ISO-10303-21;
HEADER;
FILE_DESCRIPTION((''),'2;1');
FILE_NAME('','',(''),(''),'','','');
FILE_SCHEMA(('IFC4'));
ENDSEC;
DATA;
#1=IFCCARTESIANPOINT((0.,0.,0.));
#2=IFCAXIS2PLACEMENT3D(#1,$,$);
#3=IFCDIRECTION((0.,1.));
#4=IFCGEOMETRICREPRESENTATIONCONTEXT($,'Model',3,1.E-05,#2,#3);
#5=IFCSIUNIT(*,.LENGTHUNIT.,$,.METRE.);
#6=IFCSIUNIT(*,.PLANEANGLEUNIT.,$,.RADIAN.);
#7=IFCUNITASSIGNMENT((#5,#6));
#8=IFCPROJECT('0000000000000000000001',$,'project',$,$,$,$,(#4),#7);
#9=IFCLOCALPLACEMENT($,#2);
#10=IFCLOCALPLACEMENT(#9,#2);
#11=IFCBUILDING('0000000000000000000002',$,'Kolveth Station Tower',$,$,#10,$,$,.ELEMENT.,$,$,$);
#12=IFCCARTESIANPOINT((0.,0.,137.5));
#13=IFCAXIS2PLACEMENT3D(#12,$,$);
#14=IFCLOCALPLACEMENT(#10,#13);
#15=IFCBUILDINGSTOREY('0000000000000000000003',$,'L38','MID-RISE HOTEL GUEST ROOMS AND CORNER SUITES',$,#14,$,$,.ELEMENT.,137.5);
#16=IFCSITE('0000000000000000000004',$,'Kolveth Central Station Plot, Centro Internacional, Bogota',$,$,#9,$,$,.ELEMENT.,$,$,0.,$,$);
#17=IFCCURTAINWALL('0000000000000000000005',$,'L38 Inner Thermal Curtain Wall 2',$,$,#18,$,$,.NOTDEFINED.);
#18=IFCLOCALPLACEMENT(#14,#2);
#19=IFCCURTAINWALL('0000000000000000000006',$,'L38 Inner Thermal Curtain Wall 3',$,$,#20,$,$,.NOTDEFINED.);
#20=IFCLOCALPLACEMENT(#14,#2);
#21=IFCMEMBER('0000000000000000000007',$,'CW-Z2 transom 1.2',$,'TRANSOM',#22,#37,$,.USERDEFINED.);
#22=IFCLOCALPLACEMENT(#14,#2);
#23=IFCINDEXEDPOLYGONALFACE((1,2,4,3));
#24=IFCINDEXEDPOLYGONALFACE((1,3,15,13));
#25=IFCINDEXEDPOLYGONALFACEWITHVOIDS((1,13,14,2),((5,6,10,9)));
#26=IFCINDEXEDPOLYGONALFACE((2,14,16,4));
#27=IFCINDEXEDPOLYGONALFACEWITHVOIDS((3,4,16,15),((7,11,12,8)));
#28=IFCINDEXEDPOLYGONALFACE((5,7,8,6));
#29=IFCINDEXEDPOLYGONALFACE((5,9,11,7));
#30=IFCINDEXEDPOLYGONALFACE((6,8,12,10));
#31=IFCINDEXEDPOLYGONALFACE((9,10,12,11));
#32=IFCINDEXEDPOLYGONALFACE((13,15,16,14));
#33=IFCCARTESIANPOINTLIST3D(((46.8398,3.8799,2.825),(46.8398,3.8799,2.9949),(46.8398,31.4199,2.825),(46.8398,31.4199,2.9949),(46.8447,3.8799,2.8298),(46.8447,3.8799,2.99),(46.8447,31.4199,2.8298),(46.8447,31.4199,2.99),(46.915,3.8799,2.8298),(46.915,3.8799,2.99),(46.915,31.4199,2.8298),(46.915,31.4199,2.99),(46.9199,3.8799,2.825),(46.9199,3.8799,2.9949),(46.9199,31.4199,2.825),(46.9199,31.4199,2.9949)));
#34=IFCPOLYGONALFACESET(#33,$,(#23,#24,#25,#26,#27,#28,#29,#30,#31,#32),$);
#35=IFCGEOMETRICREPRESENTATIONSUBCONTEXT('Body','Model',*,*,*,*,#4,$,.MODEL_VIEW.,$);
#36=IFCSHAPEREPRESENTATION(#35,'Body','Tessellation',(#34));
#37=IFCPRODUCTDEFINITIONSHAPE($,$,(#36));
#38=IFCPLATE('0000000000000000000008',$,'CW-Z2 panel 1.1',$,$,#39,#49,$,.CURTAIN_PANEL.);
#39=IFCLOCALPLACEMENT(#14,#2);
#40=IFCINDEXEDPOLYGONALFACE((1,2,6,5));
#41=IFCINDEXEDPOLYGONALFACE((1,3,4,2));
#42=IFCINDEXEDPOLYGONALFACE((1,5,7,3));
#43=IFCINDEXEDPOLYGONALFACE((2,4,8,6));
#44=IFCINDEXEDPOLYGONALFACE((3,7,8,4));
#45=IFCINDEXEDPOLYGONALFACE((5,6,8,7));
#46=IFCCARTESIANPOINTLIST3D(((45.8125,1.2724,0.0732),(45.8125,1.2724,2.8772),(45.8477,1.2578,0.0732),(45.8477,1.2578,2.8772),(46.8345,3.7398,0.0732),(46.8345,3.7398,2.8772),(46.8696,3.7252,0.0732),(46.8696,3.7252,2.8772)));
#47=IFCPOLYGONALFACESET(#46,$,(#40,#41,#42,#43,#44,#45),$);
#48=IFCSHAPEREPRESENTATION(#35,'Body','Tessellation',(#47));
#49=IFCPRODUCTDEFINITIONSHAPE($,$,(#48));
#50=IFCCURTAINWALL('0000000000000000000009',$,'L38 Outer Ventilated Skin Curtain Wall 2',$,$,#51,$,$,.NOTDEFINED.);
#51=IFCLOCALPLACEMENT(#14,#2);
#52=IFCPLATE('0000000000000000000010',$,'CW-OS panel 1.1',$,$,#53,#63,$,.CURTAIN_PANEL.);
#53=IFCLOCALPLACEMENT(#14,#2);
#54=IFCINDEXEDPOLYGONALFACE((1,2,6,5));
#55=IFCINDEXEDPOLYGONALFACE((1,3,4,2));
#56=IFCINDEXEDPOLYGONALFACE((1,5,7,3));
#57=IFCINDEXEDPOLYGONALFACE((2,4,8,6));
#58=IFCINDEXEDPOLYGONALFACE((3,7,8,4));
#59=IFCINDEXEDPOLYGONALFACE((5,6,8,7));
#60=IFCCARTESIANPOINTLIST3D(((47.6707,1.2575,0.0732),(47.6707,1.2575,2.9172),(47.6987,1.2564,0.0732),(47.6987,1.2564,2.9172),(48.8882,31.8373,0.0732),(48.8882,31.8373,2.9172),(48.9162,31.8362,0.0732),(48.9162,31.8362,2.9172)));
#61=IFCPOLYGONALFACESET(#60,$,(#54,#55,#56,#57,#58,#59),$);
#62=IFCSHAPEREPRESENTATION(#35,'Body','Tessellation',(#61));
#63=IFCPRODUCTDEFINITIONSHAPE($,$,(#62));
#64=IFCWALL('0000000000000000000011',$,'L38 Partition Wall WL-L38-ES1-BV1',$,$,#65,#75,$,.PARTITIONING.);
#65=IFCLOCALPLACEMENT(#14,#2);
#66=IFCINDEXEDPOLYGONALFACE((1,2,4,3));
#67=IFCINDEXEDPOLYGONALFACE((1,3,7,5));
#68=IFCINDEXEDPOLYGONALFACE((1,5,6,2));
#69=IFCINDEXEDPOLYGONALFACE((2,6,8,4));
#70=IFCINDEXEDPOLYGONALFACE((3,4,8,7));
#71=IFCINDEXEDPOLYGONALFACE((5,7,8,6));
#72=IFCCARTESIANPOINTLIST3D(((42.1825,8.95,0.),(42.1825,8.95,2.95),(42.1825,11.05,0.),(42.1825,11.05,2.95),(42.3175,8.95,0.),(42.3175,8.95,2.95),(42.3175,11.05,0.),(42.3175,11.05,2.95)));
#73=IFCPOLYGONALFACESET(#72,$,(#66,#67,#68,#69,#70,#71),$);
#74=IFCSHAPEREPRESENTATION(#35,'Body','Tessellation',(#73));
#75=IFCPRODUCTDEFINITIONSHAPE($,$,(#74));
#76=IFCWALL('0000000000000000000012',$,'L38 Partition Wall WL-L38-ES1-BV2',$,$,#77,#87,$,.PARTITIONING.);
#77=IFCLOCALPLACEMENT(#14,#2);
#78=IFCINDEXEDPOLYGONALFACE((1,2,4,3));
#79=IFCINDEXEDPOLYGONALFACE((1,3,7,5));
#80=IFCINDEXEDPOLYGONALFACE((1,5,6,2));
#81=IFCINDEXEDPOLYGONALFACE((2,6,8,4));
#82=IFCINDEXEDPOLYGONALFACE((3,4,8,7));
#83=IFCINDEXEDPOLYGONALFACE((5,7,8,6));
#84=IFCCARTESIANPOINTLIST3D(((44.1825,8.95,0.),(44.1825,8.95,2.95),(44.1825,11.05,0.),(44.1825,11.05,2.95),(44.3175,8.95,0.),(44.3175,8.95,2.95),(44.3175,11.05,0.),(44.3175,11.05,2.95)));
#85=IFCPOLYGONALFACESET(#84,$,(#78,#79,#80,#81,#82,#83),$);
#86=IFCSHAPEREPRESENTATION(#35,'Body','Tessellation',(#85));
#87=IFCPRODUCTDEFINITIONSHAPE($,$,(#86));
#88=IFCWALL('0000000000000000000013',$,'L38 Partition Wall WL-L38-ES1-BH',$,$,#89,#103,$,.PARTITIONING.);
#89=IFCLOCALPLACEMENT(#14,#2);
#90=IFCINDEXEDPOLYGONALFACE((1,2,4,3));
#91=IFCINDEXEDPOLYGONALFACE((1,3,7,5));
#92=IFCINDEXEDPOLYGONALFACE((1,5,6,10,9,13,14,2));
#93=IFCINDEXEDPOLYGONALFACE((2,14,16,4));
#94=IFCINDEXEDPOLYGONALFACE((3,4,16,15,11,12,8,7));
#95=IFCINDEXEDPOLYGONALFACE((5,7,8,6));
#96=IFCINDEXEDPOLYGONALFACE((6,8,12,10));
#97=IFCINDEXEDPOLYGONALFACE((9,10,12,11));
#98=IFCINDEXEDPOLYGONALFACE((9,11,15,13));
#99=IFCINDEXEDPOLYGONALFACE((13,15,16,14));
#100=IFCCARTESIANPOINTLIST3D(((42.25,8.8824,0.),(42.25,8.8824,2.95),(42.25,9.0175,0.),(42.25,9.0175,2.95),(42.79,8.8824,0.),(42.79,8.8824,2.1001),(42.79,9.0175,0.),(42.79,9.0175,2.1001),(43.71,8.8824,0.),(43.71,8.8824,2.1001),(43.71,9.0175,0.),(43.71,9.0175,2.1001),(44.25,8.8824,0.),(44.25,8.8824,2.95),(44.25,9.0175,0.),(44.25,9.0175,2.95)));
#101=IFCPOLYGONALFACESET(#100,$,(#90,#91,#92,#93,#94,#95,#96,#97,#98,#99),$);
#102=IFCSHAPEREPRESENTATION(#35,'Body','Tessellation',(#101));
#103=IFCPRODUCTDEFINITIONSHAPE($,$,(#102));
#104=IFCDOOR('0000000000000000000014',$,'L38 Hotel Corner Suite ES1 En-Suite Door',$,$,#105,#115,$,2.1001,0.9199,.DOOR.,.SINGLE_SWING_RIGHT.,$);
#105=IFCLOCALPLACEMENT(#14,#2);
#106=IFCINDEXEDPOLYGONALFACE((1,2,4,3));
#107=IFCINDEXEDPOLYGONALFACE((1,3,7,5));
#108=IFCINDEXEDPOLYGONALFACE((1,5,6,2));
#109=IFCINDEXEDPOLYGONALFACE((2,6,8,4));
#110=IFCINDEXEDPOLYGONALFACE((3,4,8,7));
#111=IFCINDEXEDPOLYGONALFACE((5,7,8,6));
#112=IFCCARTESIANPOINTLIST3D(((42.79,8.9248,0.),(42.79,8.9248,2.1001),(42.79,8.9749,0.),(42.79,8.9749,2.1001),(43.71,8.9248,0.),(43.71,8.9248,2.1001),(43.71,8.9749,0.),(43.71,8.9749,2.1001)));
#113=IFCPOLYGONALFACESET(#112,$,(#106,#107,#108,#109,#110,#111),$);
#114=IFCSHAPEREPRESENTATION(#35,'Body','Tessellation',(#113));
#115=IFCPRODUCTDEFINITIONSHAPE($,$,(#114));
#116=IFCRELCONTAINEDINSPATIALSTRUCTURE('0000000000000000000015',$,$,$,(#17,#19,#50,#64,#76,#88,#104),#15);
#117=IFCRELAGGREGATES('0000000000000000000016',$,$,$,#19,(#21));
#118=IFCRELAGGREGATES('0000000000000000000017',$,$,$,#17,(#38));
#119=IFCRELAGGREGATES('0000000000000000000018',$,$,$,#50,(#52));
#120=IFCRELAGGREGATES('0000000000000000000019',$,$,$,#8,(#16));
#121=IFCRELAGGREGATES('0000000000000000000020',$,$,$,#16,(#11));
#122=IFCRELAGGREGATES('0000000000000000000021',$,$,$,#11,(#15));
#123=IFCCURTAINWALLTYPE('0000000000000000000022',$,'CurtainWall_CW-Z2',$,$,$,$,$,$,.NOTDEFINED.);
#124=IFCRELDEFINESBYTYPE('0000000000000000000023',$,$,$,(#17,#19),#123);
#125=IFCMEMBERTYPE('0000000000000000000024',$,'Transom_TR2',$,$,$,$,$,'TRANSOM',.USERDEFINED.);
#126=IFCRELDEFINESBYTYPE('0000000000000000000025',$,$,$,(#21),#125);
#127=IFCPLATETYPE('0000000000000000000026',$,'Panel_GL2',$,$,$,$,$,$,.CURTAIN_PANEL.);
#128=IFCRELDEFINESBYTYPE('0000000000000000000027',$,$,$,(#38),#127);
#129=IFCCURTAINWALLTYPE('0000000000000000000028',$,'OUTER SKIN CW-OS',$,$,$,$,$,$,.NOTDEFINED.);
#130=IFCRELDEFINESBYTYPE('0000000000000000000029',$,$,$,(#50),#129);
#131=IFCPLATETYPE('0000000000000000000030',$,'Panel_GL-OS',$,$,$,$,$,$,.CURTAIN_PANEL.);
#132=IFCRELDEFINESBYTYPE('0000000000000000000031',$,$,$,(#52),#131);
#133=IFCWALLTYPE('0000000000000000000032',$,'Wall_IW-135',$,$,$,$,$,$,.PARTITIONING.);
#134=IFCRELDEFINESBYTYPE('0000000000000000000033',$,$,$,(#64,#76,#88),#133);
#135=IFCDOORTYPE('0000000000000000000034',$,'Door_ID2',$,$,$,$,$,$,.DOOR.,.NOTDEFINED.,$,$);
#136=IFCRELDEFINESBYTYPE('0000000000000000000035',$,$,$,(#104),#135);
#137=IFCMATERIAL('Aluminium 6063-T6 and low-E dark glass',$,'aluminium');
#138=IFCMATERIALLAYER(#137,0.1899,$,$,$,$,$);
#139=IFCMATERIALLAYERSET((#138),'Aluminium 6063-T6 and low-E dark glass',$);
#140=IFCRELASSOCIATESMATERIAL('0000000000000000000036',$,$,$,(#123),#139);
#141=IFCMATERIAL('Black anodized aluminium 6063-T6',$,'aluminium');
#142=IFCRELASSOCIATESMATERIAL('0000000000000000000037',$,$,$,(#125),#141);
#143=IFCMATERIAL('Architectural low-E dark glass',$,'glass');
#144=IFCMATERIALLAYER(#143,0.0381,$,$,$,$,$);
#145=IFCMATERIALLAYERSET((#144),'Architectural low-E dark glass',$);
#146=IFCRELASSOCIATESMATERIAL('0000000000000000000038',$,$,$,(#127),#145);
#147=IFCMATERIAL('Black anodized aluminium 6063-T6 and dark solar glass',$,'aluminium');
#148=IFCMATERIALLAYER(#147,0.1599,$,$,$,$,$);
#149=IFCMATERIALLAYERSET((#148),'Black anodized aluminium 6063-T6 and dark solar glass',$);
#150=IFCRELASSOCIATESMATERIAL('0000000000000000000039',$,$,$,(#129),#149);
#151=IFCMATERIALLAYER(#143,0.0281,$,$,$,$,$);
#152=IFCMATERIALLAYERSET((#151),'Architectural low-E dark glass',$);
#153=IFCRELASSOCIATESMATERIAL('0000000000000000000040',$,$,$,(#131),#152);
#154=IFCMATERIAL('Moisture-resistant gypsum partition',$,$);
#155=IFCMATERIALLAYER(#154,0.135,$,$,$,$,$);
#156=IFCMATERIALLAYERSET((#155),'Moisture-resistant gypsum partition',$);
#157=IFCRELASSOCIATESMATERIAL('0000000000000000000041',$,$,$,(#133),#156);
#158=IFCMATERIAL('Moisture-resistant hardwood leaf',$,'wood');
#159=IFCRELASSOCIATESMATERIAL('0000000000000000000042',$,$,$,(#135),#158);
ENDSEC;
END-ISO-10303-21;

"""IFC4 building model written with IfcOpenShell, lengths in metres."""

from ifc_helpers import new_model, si_unit, direction, frame, frame_2d, origin, origin_2d, place, context, subcontext, project, spatial, rectangle, hollow_rectangle, extrude, source, transform, mapped, material, layer, layer_set, material_profile, profile_set, type_object, element, fill, aggregate, save


model = new_model("IFC4")

# Units and contexts
model_context = context("Model", 3, precision=1e-05, world=origin(), true_north=direction((0.0, 1.0)))
body_context = subcontext(model_context, "Body", "Model", "MODEL_VIEW")
ifc_project = project(units=[si_unit("LENGTHUNIT", "METRE"), si_unit("PLANEANGLEUNIT", "RADIAN")], contexts=[model_context])

# Site, building, storey
site_placement = place(None, origin())
site = spatial("IfcSite", under=ifc_project, at=site_placement, Name="Kolveth Central Station Plot, Centro Internacional, Bogota", CompositionType="ELEMENT", RefElevation=0.0)
building_placement = place(site_placement, origin())
building = spatial("IfcBuilding", under=site, at=building_placement, Name="Kolveth Station Tower", CompositionType="ELEMENT")
storey_placement = place(building_placement, frame((0.0, 0.0, 137.5)))
storey = spatial("IfcBuildingStorey", under=building, at=storey_placement, Name="L38", Description="MID-RISE HOTEL GUEST ROOMS AND CORNER SUITES", CompositionType="ELEMENT", Elevation=137.5)

# Curtain wall
ifc_material_1 = material(Name="Aluminium 6063-T6 and low-E dark glass", Category="aluminium")
ifc_layer_1 = layer(ifc_material_1, 0.1899)
ifc_layer_set_1 = layer_set([ifc_layer_1], Name="Aluminium 6063-T6 and low-E dark glass")
curtain_wall_type_1 = type_object("IfcCurtainWallType", Name="CurtainWall_CW-Z2", PredefinedType="NOTDEFINED", material=ifc_layer_set_1)
curtain_wall_1_placement = place(storey_placement, origin())
curtain_wall_1 = element("IfcCurtainWall", 1, at=curtain_wall_1_placement, inside=storey, type_object=curtain_wall_type_1, Name="L38 Inner Thermal Curtain Wall 2", PredefinedType="NOTDEFINED")
ifc_material_2 = material(Name="Black anodized aluminium 6063-T6", Category="aluminium")

# Curtain wall, member
curtain_wall_2_placement = place(storey_placement, origin())
curtain_wall_2 = element("IfcCurtainWall", 2, at=curtain_wall_2_placement, inside=storey, type_object=curtain_wall_type_1, Name="L38 Inner Thermal Curtain Wall 3", PredefinedType="NOTDEFINED")
ifc_material_profile_1 = material_profile(ifc_material_2, hollow_rectangle(XDim=0.0801, YDim=0.1699, WallThickness=0.0049, at=origin_2d()), Name="ALU-80x170x5")
ifc_profile_set_1 = profile_set([ifc_material_profile_1], Name="Black anodized aluminium 6063-T6")
member_type_1 = type_object("IfcMemberType", Name="Transom_TR2", ElementType="TRANSOM", PredefinedType="USERDEFINED", material=ifc_profile_set_1)
shared_shape_1 = source(origin(), body_context, "Body", "SweptSolid", [
    extrude(hollow_rectangle(XDim=0.0801, YDim=0.1699, WallThickness=0.0049, at=origin_2d()), origin(), (0.0, 0.0, 1.0), 27.54),
])
member_1_placement = place(storey_placement, frame((46.8799, 3.8799, 2.9099), z_axis=(0.0, 1.0, 0.0), x_axis=(-1.0, 0.0, 0.0)))
member_1 = element("IfcMember", 3, at=member_1_placement, type_object=member_type_1, Name="CW-Z2 transom 1.2", ObjectType="TRANSOM", PredefinedType="USERDEFINED", context=body_context, shape_type="MappedRepresentation", body=[
    mapped(shared_shape_1, transform((0.0, 0.0, 0.0), x_axis=(1.0, 0.0, 0.0), y_axis=(0.0, 1.0, 0.0), z_axis=(0.0, 0.0, 1.0), scale=1.0)),
])
aggregate(curtain_wall_2, [member_1])

# Plate
ifc_material_3 = material(Name="Architectural low-E dark glass", Category="glass")
ifc_layer_2 = layer(ifc_material_3, 0.0381)
ifc_layer_set_2 = layer_set([ifc_layer_2], Name="Architectural low-E dark glass")
plate_type_1 = type_object("IfcPlateType", Name="Panel_GL2", PredefinedType="CURTAIN_PANEL", material=ifc_layer_set_2)
shared_shape_2 = source(origin(), body_context, "Body", "SweptSolid", [
    extrude(rectangle(XDim=2.6707, YDim=0.0381, at=origin_2d()), origin(), (0.0, 0.0, 1.0), 2.804),
])
plate_1_placement = place(storey_placement, frame((46.3411, 2.4988, 0.0732), z_axis=(0.0, 0.0, 1.0), x_axis=(0.382663, 0.923888, 0.0)))
plate_1 = element("IfcPlate", 4, at=plate_1_placement, type_object=plate_type_1, Name="CW-Z2 panel 1.1", PredefinedType="CURTAIN_PANEL", context=body_context, shape_type="MappedRepresentation", body=[
    mapped(shared_shape_2, transform((0.0, 0.0, 0.0), x_axis=(1.0, 0.0, 0.0), y_axis=(0.0, 1.0, 0.0), z_axis=(0.0, 0.0, 1.0), scale=1.0)),
])
aggregate(curtain_wall_1, [plate_1])

# Curtain wall, plate
ifc_material_4 = material(Name="Black anodized aluminium 6063-T6 and dark solar glass", Category="aluminium")
ifc_layer_3 = layer(ifc_material_4, 0.1599)
ifc_layer_set_3 = layer_set([ifc_layer_3], Name="Black anodized aluminium 6063-T6 and dark solar glass")
curtain_wall_type_2 = type_object("IfcCurtainWallType", Name="OUTER SKIN CW-OS", PredefinedType="NOTDEFINED", material=ifc_layer_set_3)
curtain_wall_3_placement = place(storey_placement, origin())
curtain_wall_3 = element("IfcCurtainWall", 5, at=curtain_wall_3_placement, inside=storey, type_object=curtain_wall_type_2, Name="L38 Outer Ventilated Skin Curtain Wall 2", PredefinedType="NOTDEFINED")
ifc_layer_4 = layer(ifc_material_3, 0.0281)
ifc_layer_set_4 = layer_set([ifc_layer_4], Name="Architectural low-E dark glass")
plate_type_2 = type_object("IfcPlateType", Name="Panel_GL-OS", PredefinedType="CURTAIN_PANEL", material=ifc_layer_set_4)
shared_shape_3 = source(origin(), body_context, "Body", "SweptSolid", [
    extrude(rectangle(XDim=30.604, YDim=0.0281, at=origin_2d()), origin(), (0.0, 0.0, 1.0), 2.844),
])
plate_2_placement = place(storey_placement, frame((48.2935, 16.5469, 0.0732), z_axis=(0.0, 0.0, 1.0), x_axis=(0.039782, 0.999208, 0.0)))
plate_2 = element("IfcPlate", 6, at=plate_2_placement, type_object=plate_type_2, Name="CW-OS panel 1.1", PredefinedType="CURTAIN_PANEL", context=body_context, shape_type="MappedRepresentation", body=[
    mapped(shared_shape_3, transform((0.0, 0.0, 0.0), x_axis=(1.0, 0.0, 0.0), y_axis=(0.0, 1.0, 0.0), z_axis=(0.0, 0.0, 1.0), scale=1.0)),
])
aggregate(curtain_wall_3, [plate_2])

# Walls
ifc_material_5 = material(Name="Moisture-resistant gypsum partition")
ifc_layer_5 = layer(ifc_material_5, 0.135)
ifc_layer_set_5 = layer_set([ifc_layer_5], Name="Moisture-resistant gypsum partition")
wall_type = type_object("IfcWallType", Name="Wall_IW-135", PredefinedType="PARTITIONING", material=ifc_layer_set_5)
for number, where, z_axis, x_axis, name in (
    (7, (42.25, 8.95, 0.0), (0.0, 0.0, 1.0), (0.0, 1.0, 0.0), "L38 Partition Wall WL-L38-ES1-BV1"),
    (8, (44.25, 8.95, 0.0), (0.0, 0.0, 1.0), (0.0, 1.0, 0.0), "L38 Partition Wall WL-L38-ES1-BV2"),
):
    element("IfcWall", number, at=place(storey_placement, frame(where, z_axis=z_axis, x_axis=x_axis)), inside=storey, type_object=wall_type, Name=name, PredefinedType="PARTITIONING", context=body_context, shape_type="SweptSolid", body=[
        extrude(rectangle(XDim=2.1001, YDim=0.135, at=frame_2d((1.05, 0.0))), origin(), (0.0, 0.0, 1.0), 2.95),
    ])

# Wall, opening, door
wall_placement = place(storey_placement, frame((42.25, 8.95, 0.0), z_axis=(0.0, 0.0, 1.0), x_axis=(1.0, 0.0, 0.0)))
wall = element("IfcWall", 9, at=wall_placement, inside=storey, type_object=wall_type, Name="L38 Partition Wall WL-L38-ES1-BH", PredefinedType="PARTITIONING", context=body_context, shape_type="SweptSolid", body=[
    extrude(rectangle(XDim=2.0, YDim=0.135, at=frame_2d((1.0, 0.0))), origin(), (0.0, 0.0, 1.0), 2.95),
])
opening_placement = place(wall_placement, frame((0.54, 0.0, 0.0)))
opening = element("IfcOpeningElement", 10, at=opening_placement, cuts=wall, PredefinedType="OPENING", context=body_context, shape_type="SweptSolid", body=[
    extrude(rectangle(XDim=0.9199, YDim=2.1001, at=frame_2d((0.46, 1.05))), frame((0.0, 0.0774, 0.0), z_axis=(0.0, -1.0, 0.0), x_axis=(1.0, 0.0, 0.0)), (0.0, 0.0, 1.0), 0.155),
])
ifc_material_6 = material(Name="Moisture-resistant hardwood leaf", Category="wood")
door_type = type_object("IfcDoorType", Name="Door_ID2", OperationType="NOTDEFINED", PredefinedType="DOOR", material=ifc_material_6)
door_placement = place(opening_placement, origin())
door = element("IfcDoor", 11, at=door_placement, inside=storey, type_object=door_type, Name="L38 Hotel Corner Suite ES1 En-Suite Door", OperationType="SINGLE_SWING_RIGHT", OverallHeight=2.1001, OverallWidth=0.9199, PredefinedType="DOOR", context=body_context, shape_type="SweptSolid", body=[
    extrude(rectangle(XDim=0.9199, YDim=2.1001, at=frame_2d((0.46, 1.05))), frame((0.0, 0.0249, 0.0), z_axis=(0.0, -1.0, 0.0), x_axis=(1.0, 0.0, 0.0)), (0.0, 0.0, 1.0), 0.05),
])
fill(opening, door)

save(model, "model.ifc")
